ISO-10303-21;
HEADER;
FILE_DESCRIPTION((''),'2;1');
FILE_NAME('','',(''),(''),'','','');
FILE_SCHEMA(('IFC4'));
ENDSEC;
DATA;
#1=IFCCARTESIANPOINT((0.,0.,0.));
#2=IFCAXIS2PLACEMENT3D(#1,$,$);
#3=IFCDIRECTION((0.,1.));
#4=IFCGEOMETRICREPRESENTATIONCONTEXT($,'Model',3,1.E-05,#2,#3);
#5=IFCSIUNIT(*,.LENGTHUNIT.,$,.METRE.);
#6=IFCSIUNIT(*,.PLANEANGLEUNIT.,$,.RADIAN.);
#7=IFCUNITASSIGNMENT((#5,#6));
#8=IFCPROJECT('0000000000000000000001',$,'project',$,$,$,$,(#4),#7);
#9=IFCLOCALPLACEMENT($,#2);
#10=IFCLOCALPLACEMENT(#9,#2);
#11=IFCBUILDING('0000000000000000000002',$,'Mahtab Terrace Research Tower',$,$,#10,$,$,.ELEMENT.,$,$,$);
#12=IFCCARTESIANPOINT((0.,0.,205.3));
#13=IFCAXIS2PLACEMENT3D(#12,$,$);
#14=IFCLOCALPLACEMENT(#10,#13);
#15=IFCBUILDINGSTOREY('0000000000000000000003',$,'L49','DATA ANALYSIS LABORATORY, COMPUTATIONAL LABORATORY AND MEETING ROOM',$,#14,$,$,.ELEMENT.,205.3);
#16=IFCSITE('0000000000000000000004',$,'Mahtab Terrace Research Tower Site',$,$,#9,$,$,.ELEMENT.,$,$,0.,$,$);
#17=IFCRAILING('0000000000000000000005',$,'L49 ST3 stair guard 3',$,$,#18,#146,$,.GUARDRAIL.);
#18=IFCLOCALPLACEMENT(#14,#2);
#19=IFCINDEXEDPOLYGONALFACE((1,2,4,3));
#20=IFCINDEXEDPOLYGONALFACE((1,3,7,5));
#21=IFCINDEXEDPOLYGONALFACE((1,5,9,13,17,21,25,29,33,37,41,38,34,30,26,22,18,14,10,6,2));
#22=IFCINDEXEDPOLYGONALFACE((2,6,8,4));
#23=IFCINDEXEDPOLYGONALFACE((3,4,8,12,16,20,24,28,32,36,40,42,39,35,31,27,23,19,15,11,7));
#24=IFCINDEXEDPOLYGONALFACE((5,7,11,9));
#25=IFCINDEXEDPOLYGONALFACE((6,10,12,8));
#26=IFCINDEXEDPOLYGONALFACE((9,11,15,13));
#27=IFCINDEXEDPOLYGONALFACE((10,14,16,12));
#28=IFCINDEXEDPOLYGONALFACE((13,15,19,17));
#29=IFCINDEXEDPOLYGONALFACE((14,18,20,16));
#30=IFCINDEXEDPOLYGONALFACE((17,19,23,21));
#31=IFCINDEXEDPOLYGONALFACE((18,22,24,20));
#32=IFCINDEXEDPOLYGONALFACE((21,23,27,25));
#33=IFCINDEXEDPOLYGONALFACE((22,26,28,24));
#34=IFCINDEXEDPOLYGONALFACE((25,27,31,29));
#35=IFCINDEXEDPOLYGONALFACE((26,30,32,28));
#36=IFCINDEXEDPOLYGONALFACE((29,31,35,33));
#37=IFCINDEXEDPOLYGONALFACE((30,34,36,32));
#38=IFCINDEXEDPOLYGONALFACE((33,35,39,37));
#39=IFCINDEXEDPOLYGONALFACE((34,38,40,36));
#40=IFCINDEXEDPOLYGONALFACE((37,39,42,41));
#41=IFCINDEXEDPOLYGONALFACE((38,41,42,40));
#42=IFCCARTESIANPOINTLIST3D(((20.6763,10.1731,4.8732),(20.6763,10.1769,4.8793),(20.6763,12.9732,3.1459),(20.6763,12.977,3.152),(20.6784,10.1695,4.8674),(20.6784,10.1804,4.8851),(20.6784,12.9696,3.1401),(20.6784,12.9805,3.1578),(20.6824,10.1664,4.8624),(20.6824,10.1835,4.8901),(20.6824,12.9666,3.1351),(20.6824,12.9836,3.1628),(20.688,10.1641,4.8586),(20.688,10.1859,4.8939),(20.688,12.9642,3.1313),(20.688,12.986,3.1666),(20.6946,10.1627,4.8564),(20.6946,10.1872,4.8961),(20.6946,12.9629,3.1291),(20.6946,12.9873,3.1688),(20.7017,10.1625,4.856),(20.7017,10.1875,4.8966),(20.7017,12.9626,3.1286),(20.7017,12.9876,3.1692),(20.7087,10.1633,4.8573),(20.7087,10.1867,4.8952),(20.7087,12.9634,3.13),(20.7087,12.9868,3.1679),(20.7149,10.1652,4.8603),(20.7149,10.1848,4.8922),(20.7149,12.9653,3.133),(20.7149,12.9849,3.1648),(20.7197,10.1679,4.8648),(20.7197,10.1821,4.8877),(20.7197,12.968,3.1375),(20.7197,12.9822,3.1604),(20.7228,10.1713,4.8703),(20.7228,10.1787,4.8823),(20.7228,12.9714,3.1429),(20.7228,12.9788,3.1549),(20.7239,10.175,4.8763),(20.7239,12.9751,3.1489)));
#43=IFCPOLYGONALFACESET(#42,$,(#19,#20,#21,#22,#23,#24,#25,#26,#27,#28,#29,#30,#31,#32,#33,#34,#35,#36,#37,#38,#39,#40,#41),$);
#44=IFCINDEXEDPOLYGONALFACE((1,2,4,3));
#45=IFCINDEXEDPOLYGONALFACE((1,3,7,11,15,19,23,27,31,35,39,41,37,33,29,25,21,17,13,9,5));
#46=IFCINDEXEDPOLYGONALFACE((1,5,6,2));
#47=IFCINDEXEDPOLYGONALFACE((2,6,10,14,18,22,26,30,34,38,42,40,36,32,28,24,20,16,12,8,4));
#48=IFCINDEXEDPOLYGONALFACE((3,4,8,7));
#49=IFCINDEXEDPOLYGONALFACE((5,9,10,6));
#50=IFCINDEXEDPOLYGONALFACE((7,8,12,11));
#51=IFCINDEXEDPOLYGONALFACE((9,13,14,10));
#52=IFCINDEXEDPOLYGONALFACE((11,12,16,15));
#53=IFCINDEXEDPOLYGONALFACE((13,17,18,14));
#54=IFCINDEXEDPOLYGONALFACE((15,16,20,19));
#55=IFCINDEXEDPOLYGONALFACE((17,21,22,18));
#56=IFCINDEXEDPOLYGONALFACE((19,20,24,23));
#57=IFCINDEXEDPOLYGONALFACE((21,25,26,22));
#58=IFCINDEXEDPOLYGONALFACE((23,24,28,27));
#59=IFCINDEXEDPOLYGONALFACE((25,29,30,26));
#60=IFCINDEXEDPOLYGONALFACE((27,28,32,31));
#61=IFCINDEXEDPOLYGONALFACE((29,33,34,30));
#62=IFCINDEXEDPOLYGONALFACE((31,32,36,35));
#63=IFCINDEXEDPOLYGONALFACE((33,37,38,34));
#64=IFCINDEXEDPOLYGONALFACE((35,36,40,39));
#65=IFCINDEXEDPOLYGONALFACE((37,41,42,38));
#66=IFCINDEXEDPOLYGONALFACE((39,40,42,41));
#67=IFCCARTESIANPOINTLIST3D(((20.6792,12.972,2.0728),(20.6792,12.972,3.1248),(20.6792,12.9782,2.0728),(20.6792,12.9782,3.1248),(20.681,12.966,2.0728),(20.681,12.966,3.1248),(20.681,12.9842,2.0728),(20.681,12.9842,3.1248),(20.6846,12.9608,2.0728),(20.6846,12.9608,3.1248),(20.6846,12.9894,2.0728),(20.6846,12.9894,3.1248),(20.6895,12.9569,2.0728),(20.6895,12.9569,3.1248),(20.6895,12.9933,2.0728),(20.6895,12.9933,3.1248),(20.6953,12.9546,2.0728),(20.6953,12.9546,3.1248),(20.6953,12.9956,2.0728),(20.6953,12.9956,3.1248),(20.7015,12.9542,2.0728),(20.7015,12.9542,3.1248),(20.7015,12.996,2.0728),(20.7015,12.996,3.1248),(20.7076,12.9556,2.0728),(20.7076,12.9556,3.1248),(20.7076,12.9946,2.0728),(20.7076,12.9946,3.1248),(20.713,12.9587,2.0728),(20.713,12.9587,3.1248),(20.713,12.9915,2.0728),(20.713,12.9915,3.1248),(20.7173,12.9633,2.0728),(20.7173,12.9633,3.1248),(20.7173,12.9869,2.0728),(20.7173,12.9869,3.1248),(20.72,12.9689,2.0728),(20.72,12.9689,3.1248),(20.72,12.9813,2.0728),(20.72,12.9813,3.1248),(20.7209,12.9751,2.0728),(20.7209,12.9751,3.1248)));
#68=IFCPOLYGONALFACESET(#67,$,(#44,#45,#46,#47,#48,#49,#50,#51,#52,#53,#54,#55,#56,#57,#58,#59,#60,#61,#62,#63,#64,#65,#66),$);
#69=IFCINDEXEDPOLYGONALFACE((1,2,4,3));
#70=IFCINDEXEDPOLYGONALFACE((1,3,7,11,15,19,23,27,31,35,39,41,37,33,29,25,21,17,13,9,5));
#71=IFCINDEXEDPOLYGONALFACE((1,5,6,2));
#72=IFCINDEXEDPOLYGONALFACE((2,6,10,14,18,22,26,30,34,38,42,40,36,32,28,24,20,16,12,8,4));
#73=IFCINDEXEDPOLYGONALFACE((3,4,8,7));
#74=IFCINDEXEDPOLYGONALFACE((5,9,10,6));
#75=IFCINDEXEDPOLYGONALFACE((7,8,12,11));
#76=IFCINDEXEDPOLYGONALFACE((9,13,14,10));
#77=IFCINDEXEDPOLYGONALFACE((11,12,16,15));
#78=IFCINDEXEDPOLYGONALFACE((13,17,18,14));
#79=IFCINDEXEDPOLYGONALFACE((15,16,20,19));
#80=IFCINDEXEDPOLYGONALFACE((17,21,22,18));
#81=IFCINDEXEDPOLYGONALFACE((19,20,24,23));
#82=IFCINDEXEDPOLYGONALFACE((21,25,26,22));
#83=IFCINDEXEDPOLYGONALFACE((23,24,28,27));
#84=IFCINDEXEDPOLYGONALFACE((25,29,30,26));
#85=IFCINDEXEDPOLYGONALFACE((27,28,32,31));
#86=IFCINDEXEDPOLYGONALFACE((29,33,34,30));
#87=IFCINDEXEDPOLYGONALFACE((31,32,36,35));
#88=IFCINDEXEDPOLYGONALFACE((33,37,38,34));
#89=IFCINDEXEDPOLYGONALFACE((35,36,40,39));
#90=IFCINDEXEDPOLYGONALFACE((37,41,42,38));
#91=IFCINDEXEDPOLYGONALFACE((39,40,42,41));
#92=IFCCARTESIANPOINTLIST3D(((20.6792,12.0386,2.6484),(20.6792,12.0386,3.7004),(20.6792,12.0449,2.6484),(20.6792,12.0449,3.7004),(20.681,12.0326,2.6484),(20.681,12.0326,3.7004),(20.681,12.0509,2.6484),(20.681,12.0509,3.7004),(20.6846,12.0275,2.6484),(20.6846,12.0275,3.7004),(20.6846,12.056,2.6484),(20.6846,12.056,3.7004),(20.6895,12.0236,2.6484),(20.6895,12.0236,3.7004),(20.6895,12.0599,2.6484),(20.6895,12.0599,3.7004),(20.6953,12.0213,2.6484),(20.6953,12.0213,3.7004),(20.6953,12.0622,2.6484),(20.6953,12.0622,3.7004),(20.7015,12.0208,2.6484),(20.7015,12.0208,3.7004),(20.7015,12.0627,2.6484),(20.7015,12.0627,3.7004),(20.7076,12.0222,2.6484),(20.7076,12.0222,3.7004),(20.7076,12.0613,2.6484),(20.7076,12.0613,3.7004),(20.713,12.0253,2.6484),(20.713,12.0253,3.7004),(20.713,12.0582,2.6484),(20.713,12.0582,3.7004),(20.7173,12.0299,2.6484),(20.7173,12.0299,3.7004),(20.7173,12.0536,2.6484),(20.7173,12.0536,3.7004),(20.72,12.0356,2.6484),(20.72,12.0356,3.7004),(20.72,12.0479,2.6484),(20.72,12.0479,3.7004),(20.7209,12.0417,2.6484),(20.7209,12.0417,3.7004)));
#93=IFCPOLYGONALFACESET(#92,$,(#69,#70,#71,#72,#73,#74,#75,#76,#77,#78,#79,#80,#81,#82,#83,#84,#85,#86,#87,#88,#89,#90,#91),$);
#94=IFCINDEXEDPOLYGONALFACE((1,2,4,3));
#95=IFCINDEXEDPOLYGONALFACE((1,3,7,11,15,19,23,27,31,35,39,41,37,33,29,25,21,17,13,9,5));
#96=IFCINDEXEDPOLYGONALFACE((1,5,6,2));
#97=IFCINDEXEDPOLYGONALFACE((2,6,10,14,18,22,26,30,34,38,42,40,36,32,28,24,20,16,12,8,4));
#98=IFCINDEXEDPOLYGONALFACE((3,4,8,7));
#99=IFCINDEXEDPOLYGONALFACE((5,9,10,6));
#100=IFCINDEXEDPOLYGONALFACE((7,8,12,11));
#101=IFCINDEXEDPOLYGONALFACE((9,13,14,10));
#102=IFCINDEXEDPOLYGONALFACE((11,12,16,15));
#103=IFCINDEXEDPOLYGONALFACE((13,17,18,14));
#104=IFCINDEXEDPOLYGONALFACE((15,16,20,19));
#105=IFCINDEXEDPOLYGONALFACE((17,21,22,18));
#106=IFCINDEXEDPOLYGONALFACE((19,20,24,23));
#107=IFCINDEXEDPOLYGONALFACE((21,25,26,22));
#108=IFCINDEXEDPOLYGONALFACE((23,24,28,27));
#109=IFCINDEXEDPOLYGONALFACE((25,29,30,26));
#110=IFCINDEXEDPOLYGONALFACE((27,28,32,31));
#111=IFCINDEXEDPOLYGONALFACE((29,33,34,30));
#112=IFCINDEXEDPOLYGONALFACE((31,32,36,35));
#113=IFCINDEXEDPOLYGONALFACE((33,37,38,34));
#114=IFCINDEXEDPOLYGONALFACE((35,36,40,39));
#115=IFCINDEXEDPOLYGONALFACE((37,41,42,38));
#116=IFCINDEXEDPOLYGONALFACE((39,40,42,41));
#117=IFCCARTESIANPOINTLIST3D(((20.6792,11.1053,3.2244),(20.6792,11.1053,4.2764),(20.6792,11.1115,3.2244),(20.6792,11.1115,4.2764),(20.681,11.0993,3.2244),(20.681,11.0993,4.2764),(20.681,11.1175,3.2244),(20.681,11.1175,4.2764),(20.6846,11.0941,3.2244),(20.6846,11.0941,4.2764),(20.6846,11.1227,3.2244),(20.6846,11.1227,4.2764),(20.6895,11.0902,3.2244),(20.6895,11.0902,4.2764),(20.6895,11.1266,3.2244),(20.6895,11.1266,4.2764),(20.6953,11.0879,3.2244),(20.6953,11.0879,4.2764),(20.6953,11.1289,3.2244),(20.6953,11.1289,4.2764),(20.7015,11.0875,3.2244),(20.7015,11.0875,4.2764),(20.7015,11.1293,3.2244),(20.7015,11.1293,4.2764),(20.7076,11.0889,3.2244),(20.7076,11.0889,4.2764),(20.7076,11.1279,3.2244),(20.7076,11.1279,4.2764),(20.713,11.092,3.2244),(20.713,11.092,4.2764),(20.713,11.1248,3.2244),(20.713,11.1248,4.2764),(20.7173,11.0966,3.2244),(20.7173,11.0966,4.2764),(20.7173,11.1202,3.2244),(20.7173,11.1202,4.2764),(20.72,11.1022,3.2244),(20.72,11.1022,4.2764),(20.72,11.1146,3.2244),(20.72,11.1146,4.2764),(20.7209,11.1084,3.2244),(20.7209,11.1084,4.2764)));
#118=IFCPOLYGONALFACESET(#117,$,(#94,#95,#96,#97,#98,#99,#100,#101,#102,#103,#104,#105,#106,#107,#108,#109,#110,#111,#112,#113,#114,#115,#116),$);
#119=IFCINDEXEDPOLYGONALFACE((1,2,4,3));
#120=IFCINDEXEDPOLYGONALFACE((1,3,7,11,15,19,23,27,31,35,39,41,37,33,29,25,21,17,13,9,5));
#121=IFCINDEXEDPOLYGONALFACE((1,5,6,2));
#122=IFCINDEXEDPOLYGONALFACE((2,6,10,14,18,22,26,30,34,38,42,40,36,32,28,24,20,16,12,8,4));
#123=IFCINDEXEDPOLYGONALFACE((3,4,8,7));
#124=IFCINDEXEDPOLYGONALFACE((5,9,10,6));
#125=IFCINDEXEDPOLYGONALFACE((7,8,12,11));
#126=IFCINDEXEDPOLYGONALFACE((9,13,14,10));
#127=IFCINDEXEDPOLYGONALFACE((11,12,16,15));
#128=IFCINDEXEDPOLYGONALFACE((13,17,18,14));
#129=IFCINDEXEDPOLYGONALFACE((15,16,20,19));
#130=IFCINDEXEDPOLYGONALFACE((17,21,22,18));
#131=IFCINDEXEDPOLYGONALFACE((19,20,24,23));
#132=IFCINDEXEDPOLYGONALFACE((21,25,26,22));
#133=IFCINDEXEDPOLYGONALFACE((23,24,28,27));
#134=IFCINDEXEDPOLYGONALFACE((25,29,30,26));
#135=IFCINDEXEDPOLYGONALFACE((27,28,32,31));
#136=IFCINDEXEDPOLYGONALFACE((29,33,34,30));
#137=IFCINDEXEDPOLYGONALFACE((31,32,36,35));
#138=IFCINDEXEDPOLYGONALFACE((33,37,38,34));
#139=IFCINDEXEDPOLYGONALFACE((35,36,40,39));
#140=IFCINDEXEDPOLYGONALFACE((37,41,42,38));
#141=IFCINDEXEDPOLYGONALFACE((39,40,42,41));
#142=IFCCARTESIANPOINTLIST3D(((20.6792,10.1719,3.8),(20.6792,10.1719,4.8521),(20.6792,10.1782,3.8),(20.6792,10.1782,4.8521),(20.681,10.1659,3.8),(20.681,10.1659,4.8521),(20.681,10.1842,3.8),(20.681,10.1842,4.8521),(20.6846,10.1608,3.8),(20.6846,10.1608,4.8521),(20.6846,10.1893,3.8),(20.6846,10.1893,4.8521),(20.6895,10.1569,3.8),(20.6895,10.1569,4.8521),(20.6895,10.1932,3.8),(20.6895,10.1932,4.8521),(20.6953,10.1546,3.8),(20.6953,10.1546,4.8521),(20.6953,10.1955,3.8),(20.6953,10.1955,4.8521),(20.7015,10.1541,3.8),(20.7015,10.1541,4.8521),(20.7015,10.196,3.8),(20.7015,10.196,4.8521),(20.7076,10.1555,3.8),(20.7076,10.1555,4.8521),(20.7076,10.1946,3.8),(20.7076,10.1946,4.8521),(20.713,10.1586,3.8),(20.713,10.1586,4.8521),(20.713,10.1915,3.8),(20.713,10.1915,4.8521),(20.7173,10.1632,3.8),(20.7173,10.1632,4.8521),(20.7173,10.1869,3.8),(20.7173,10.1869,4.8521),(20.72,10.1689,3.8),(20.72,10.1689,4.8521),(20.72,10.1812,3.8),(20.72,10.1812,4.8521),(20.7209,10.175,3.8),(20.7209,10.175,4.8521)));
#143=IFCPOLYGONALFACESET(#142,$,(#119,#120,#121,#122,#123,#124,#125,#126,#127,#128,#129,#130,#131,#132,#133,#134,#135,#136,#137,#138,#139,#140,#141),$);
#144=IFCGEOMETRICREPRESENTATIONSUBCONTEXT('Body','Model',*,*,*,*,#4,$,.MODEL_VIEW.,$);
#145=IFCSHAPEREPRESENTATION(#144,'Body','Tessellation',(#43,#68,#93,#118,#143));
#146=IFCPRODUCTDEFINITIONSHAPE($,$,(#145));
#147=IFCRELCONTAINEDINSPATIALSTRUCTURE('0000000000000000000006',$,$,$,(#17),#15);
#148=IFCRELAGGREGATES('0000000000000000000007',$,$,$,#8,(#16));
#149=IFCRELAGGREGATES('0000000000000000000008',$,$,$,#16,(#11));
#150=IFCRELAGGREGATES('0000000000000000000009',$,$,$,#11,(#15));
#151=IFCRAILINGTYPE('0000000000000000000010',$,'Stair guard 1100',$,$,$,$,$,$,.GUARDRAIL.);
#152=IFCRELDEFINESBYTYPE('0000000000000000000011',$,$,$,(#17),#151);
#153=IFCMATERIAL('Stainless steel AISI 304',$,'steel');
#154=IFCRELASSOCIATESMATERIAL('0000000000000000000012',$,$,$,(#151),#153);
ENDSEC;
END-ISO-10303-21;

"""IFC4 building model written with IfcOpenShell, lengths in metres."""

from ifc_helpers import new_model, si_unit, direction, frame, origin, origin_2d, place, context, subcontext, project, spatial, circle, extrude, material, type_object, element, save


model = new_model("IFC4")

# Units and contexts
model_context = context("Model", 3, precision=1e-05, world=origin(), true_north=direction((0.0, 1.0)))
body_context = subcontext(model_context, "Body", "Model", "MODEL_VIEW")
ifc_project = project(units=[si_unit("LENGTHUNIT", "METRE"), si_unit("PLANEANGLEUNIT", "RADIAN")], contexts=[model_context])

# Site, building, storey
site_placement = place(None, origin())
site = spatial("IfcSite", under=ifc_project, at=site_placement, Name="Mahtab Terrace Research Tower Site", CompositionType="ELEMENT", RefElevation=0.0)
building_placement = place(site_placement, origin())
building = spatial("IfcBuilding", under=site, at=building_placement, Name="Mahtab Terrace Research Tower", CompositionType="ELEMENT")
storey_placement = place(building_placement, frame((0.0, 0.0, 205.3)))
storey = spatial("IfcBuildingStorey", under=building, at=storey_placement, Name="L49", Description="DATA ANALYSIS LABORATORY, COMPUTATIONAL LABORATORY AND MEETING ROOM", CompositionType="ELEMENT", Elevation=205.3)

# Shared definitions
ifc_material_1 = material(Name="Stainless steel AISI 304", Category="steel")

# Railing
railing_type_1 = type_object("IfcRailingType", Name="Stair guard 1100", PredefinedType="GUARDRAIL", material=ifc_material_1)
railing_1_placement = place(storey_placement, frame((20.7, 12.9751, 2.0728)))
element("IfcRailing", 1, at=railing_1_placement, inside=storey, type_object=railing_type_1, Name="L49 ST3 stair guard 3", PredefinedType="GUARDRAIL", context=body_context, shape_type="SweptSolid", body=[
    extrude(circle(Radius=0.0239, at=origin_2d()), frame((0.0, 0.0, 1.0762), z_axis=(0.0, -0.85109, 0.52502), x_axis=(1.0, 0.0, 0.0)), (0.0, 0.0, 1.0), 3.29),
    extrude(circle(Radius=0.021, at=origin_2d()), origin(), (0.0, 0.0, 1.0), 1.052),
    extrude(circle(Radius=0.021, at=origin_2d()), frame((0.0, -0.9333, 0.5757)), (0.0, 0.0, 1.0), 1.052),
    extrude(circle(Radius=0.021, at=origin_2d()), frame((0.0, -1.8667, 1.1516)), (0.0, 0.0, 1.0), 1.052),
    extrude(circle(Radius=0.021, at=origin_2d()), frame((0.0, -2.8, 1.7273)), (0.0, 0.0, 1.0), 1.052),
])

save(model, "model.ifc")
